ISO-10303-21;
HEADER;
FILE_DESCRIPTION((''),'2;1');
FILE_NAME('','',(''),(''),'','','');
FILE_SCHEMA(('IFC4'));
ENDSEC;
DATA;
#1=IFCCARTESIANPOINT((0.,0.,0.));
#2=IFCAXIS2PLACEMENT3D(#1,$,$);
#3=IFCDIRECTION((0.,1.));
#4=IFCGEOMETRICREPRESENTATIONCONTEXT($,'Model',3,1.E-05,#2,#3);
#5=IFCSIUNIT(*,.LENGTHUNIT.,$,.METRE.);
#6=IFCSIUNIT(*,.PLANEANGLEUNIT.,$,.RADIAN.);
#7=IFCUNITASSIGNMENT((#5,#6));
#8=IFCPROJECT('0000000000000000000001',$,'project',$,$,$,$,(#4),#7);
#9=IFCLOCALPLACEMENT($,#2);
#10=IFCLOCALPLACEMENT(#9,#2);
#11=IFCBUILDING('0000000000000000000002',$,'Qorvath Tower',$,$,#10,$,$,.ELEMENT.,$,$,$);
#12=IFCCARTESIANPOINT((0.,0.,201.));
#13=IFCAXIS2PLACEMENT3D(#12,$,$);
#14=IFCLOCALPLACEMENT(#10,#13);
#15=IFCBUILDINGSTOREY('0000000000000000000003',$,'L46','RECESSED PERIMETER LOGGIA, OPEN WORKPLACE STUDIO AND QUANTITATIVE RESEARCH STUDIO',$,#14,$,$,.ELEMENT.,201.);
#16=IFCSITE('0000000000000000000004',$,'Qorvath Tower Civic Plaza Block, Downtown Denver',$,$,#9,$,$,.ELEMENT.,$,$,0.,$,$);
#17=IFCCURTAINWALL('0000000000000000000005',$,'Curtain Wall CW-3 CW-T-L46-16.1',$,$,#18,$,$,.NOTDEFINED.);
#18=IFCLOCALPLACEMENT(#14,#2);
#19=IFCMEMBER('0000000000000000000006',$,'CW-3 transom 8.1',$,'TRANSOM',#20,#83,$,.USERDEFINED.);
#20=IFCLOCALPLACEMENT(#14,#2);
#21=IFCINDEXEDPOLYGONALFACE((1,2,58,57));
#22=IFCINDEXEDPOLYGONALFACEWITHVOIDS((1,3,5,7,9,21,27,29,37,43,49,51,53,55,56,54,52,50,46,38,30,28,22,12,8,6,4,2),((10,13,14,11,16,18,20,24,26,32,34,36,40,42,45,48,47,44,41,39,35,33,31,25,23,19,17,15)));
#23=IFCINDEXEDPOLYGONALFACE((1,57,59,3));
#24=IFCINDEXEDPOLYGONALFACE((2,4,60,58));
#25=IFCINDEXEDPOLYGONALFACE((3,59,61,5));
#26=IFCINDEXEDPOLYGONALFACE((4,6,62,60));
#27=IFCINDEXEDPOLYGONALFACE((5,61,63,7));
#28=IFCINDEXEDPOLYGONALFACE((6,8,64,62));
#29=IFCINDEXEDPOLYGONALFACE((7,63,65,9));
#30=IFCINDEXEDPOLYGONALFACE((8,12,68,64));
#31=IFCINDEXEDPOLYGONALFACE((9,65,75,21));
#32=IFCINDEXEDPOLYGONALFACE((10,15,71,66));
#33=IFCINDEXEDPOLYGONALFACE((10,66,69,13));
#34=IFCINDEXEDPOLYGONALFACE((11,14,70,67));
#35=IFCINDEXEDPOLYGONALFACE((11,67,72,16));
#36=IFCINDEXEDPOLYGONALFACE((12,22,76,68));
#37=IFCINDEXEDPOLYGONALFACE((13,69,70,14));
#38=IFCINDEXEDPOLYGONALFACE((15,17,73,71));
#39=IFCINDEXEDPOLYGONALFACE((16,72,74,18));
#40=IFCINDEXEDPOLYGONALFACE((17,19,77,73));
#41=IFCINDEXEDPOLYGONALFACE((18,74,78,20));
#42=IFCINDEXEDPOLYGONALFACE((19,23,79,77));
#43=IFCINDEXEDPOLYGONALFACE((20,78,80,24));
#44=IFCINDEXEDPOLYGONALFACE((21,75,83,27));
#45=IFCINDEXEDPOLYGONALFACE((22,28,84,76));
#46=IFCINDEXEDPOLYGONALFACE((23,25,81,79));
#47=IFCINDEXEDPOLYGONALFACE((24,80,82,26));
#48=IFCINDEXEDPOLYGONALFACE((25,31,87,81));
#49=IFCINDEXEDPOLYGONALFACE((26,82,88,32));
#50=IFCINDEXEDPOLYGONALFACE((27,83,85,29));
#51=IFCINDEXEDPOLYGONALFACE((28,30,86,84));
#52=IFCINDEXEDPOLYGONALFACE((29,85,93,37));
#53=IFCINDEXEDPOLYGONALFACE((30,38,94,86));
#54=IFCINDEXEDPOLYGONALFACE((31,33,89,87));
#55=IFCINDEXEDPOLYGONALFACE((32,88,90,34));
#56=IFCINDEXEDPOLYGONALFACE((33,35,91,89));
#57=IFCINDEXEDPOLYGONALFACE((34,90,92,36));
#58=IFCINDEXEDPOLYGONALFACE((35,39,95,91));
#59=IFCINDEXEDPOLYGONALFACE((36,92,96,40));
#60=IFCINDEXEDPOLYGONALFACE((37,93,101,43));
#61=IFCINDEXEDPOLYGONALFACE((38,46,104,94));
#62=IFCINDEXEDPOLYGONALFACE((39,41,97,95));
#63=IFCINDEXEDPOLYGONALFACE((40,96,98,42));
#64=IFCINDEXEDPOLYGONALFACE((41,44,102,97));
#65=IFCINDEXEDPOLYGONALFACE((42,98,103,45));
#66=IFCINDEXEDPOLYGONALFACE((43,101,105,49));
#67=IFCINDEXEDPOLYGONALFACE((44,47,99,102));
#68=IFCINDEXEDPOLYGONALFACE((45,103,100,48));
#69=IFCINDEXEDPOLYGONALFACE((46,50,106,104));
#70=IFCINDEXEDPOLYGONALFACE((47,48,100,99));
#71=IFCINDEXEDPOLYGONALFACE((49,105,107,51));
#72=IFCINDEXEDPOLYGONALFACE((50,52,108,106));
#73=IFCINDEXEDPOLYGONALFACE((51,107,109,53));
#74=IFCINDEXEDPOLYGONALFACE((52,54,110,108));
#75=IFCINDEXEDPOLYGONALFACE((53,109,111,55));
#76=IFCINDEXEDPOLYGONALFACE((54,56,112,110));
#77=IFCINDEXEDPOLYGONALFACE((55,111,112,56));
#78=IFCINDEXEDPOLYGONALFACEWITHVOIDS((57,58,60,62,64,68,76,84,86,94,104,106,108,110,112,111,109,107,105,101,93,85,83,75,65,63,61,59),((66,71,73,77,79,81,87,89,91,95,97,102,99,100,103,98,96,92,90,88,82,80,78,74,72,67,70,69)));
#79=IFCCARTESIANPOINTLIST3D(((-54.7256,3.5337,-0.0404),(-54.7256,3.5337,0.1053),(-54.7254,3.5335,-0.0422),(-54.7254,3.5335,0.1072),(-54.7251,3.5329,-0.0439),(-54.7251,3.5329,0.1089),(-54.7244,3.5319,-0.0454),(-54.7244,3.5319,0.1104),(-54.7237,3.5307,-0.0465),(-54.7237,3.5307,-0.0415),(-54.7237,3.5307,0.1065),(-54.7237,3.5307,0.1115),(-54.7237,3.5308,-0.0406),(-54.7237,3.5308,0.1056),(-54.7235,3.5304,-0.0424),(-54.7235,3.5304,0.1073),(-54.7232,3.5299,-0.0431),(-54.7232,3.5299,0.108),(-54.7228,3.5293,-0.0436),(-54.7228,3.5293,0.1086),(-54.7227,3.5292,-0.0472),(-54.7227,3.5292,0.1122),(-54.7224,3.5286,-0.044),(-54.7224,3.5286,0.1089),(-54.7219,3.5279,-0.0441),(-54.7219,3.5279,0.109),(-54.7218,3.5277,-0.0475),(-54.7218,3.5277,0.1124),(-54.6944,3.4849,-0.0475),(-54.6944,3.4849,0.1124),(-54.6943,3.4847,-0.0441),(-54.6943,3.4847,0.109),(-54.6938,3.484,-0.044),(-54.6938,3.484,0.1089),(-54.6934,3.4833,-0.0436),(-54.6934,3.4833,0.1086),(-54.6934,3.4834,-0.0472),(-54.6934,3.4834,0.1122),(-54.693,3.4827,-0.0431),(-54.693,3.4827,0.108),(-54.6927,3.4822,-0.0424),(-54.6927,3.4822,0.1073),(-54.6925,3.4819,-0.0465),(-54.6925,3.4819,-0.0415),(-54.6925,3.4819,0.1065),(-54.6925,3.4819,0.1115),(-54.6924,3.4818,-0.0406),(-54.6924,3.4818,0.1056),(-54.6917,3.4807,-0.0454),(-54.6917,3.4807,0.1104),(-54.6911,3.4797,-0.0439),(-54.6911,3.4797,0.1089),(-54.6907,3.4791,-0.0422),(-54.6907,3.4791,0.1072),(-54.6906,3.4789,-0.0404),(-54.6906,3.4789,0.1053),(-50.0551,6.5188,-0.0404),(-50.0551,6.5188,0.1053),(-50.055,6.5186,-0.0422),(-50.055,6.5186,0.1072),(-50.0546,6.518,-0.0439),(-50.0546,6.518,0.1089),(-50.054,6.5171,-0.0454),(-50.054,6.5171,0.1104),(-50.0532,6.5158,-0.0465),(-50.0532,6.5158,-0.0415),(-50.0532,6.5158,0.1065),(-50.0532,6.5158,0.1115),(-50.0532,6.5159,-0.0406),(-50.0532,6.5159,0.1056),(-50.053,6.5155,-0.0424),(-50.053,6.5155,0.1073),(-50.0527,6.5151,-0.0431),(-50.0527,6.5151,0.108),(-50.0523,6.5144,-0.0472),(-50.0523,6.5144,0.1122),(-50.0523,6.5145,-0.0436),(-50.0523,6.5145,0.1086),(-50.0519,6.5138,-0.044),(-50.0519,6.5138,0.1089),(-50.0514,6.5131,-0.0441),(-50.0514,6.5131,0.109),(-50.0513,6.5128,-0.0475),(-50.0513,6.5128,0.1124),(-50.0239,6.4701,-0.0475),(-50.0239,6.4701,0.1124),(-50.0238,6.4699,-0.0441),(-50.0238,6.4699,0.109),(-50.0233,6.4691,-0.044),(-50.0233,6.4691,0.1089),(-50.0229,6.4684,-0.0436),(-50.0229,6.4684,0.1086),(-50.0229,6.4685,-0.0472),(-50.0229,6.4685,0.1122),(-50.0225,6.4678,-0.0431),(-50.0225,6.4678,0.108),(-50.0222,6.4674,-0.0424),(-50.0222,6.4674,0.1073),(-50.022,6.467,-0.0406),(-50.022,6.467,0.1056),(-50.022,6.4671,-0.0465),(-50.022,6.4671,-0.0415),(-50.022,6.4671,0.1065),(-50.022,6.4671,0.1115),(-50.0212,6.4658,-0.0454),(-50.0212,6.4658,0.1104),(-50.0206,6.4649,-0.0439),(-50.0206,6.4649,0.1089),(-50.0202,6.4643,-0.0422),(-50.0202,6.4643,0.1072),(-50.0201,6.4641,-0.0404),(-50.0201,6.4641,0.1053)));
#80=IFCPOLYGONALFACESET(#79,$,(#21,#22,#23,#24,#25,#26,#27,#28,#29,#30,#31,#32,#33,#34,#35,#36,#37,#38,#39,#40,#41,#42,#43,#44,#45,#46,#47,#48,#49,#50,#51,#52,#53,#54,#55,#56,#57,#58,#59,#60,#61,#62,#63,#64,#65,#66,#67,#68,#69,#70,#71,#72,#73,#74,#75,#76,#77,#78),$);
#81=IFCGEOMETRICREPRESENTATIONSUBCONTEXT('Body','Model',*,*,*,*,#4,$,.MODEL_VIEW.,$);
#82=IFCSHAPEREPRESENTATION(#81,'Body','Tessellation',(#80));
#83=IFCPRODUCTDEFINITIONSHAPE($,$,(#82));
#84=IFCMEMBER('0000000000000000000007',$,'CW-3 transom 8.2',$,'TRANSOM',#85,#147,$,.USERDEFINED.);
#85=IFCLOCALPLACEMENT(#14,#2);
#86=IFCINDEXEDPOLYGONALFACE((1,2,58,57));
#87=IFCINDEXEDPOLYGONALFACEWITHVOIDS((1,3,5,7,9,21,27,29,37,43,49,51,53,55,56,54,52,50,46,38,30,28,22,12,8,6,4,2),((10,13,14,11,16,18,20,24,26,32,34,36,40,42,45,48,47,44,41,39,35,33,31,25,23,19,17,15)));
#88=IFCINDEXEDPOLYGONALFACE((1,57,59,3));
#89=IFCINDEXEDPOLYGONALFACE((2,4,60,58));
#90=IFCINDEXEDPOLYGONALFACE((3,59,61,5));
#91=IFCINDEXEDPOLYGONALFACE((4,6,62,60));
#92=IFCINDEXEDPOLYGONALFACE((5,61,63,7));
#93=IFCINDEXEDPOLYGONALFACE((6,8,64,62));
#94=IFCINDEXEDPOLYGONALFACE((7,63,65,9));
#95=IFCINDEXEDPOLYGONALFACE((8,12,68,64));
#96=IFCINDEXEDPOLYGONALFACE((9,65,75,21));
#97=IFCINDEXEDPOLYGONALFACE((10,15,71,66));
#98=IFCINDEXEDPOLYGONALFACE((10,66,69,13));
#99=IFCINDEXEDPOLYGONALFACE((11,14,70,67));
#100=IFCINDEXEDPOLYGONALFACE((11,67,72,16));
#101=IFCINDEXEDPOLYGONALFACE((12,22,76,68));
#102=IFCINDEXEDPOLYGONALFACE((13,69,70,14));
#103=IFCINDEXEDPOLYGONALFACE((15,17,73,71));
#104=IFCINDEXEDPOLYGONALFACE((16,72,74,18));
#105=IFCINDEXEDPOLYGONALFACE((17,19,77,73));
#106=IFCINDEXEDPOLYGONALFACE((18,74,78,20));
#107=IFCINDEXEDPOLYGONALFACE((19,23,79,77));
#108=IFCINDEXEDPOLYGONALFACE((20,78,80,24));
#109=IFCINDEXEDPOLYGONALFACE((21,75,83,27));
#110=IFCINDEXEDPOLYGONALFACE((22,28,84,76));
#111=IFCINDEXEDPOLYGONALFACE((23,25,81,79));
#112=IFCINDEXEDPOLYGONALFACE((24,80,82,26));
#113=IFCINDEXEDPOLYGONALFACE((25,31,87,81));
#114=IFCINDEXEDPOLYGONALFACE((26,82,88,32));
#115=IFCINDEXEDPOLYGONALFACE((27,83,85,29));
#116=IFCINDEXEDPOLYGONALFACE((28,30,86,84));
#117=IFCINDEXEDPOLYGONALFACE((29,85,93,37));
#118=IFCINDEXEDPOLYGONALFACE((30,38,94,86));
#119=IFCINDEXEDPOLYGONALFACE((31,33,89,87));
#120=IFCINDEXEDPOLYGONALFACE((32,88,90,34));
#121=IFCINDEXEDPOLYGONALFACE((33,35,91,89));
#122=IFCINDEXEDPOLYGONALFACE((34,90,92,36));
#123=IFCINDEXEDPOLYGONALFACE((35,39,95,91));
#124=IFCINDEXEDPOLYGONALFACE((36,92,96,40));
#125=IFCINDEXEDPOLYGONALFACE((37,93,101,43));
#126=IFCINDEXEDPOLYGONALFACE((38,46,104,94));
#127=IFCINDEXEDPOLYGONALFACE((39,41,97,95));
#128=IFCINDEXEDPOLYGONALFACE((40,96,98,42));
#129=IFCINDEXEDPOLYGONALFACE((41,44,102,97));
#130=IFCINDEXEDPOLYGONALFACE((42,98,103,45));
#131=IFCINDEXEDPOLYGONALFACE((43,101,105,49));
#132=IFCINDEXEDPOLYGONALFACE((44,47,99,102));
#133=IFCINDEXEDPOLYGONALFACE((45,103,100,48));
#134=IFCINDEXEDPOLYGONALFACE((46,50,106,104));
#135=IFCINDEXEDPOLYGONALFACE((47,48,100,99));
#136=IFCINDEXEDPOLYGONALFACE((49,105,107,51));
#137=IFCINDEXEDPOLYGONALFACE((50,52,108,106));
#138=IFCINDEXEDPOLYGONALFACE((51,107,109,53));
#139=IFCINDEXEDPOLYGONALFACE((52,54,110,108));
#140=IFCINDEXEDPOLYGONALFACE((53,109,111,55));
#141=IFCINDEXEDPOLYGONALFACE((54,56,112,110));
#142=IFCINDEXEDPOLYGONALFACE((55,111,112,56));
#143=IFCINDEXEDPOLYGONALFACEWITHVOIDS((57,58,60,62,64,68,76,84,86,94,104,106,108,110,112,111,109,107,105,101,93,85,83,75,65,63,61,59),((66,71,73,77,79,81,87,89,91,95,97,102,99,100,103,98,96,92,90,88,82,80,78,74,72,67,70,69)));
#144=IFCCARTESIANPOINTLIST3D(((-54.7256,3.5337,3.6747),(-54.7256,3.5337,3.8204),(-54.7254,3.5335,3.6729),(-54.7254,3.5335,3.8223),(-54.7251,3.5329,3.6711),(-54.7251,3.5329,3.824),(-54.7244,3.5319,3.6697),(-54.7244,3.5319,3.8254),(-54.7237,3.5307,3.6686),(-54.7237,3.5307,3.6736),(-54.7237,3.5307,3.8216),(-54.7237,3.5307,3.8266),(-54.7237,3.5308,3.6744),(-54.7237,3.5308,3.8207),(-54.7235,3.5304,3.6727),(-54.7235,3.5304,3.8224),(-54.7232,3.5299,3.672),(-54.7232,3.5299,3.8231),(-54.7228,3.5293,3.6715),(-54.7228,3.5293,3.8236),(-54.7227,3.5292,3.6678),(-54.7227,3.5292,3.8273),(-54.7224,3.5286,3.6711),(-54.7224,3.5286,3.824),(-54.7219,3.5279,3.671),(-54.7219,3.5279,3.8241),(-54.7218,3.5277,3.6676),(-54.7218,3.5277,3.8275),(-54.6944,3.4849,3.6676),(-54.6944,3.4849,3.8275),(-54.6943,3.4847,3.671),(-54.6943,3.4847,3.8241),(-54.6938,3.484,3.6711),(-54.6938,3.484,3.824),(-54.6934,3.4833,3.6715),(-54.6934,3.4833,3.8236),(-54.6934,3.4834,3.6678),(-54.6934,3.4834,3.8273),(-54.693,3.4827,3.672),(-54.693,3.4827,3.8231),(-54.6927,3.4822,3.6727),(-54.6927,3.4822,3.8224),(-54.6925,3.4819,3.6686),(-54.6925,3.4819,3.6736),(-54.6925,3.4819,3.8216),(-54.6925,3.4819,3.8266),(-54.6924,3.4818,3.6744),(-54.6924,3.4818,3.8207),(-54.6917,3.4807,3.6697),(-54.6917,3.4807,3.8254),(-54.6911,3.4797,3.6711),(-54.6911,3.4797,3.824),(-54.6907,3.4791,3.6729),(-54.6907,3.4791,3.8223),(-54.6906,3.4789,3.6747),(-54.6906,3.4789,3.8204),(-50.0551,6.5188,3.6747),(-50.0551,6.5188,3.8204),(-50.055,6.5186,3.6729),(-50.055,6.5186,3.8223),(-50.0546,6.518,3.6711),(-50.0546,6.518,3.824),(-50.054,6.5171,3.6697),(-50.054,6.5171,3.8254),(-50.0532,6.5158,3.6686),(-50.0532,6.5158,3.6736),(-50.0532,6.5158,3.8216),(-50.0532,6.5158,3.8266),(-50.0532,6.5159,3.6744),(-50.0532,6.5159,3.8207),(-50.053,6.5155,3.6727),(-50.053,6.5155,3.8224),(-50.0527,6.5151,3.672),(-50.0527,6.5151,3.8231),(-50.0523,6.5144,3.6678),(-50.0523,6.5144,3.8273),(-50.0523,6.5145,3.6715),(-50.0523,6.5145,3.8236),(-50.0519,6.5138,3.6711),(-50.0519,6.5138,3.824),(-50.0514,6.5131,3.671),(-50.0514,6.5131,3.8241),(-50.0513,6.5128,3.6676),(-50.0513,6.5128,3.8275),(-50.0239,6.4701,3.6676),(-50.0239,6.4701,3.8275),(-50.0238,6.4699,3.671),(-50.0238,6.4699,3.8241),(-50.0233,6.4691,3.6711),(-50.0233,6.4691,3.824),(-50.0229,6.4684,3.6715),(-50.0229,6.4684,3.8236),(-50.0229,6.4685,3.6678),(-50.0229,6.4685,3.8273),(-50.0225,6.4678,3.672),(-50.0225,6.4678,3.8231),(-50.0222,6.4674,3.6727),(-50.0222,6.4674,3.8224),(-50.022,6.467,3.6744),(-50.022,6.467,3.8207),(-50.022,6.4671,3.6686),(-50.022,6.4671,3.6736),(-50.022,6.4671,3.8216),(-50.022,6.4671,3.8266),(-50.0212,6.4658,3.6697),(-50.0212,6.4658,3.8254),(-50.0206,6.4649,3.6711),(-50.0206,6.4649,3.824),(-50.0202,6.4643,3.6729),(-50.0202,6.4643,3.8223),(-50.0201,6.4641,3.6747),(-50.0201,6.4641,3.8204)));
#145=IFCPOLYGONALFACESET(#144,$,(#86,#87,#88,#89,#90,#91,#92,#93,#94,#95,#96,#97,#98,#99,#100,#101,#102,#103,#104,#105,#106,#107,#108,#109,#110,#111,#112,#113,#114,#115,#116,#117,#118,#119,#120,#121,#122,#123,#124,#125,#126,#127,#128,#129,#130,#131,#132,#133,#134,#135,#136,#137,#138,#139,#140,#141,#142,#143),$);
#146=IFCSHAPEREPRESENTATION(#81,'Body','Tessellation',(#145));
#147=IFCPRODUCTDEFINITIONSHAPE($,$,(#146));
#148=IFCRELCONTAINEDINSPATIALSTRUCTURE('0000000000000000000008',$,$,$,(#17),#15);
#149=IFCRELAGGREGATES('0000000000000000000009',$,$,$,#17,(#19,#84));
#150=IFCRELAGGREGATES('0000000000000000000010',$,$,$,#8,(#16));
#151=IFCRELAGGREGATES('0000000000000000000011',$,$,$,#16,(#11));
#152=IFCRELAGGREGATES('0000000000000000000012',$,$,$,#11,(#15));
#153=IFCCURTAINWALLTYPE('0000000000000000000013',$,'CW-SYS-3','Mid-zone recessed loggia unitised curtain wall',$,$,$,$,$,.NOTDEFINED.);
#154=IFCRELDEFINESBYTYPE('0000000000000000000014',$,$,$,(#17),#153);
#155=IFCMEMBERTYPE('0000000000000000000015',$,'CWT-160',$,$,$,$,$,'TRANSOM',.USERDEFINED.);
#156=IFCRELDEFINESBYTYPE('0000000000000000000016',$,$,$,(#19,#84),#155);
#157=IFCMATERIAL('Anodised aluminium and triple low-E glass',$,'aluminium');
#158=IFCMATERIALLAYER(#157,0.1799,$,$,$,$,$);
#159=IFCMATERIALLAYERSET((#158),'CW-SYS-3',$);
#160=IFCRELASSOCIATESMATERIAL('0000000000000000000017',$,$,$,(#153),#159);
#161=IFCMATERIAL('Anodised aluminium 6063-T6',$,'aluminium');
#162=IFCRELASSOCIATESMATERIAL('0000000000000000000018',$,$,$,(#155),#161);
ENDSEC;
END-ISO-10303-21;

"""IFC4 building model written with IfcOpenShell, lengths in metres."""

from ifc_helpers import new_model, si_unit, direction, frame, origin, origin_2d, place, context, subcontext, project, spatial, hollow_rectangle, extrude, material, layer, layer_set, material_profile, profile_set, type_object, element, aggregate, save


model = new_model("IFC4")

# Units and contexts
model_context = context("Model", 3, precision=1e-05, world=origin(), true_north=direction((0.0, 1.0)))
body_context = subcontext(model_context, "Body", "Model", "MODEL_VIEW")
ifc_project = project(units=[si_unit("LENGTHUNIT", "METRE"), si_unit("PLANEANGLEUNIT", "RADIAN")], contexts=[model_context])

# Site, building, storey
site_placement = place(None, origin())
site = spatial("IfcSite", under=ifc_project, at=site_placement, Name="Qorvath Tower Civic Plaza Block, Downtown Denver", CompositionType="ELEMENT", RefElevation=0.0)
building_placement = place(site_placement, origin())
building = spatial("IfcBuilding", under=site, at=building_placement, Name="Qorvath Tower", CompositionType="ELEMENT")
storey_placement = place(building_placement, frame((0.0, 0.0, 201.0)))
storey = spatial("IfcBuildingStorey", under=building, at=storey_placement, Name="L46", Description="RECESSED PERIMETER LOGGIA, OPEN WORKPLACE STUDIO AND QUANTITATIVE RESEARCH STUDIO", CompositionType="ELEMENT", Elevation=201.0)

# Curtain wall, members
ifc_material_1 = material(Name="Anodised aluminium and triple low-E glass", Category="aluminium")
ifc_layer_1 = layer(ifc_material_1, 0.1799)
ifc_layer_set_1 = layer_set([ifc_layer_1], Name="CW-SYS-3")
curtain_wall_type = type_object("IfcCurtainWallType", Name="CW-SYS-3", Description="Mid-zone recessed loggia unitised curtain wall", PredefinedType="NOTDEFINED", material=ifc_layer_set_1)
curtain_wall_placement = place(storey_placement, origin())
curtain_wall = element("IfcCurtainWall", 1, at=curtain_wall_placement, inside=storey, type_object=curtain_wall_type, Name="Curtain Wall CW-3 CW-T-L46-16.1", PredefinedType="NOTDEFINED")
ifc_material_2 = material(Name="Anodised aluminium 6063-T6", Category="aluminium")
ifc_material_profile_1 = material_profile(ifc_material_2, hollow_rectangle(XDim=0.0649, YDim=0.1599, WallThickness=0.0034, InnerFilletRadius=0.0034, OuterFilletRadius=0.0071, at=origin_2d()), Name="CWT 160x65")
ifc_profile_set_1 = profile_set([ifc_material_profile_1], Name="Anodised aluminium 6063-T6")
member_type_1 = type_object("IfcMemberType", Name="CWT-160", ElementType="TRANSOM", PredefinedType="USERDEFINED", material=ifc_profile_set_1)
member_1_placement = place(storey_placement, frame((-50.0376, 6.4915, 0.0325), z_axis=(-0.842595, -0.538547, 0.0), x_axis=(0.538547, -0.842595, 0.0)))
member_1 = element("IfcMember", 2, at=member_1_placement, type_object=member_type_1, Name="CW-3 transom 8.1", ObjectType="TRANSOM", PredefinedType="USERDEFINED", context=body_context, shape_type="SweptSolid", body=[
    extrude(hollow_rectangle(XDim=0.0649, YDim=0.1599, WallThickness=0.0034, InnerFilletRadius=0.0034, OuterFilletRadius=0.0071, at=origin_2d()), origin(), (0.0, 0.0, 1.0), 5.543),
])
member_2_placement = place(storey_placement, frame((-50.0376, 6.4915, 3.7476), z_axis=(-0.842595, -0.538547, 0.0), x_axis=(0.538547, -0.842595, 0.0)))
member_2 = element("IfcMember", 3, at=member_2_placement, type_object=member_type_1, Name="CW-3 transom 8.2", ObjectType="TRANSOM", PredefinedType="USERDEFINED", context=body_context, shape_type="SweptSolid", body=[
    extrude(hollow_rectangle(XDim=0.0649, YDim=0.1599, WallThickness=0.0034, InnerFilletRadius=0.0034, OuterFilletRadius=0.0071, at=origin_2d()), origin(), (0.0, 0.0, 1.0), 5.543),
])

aggregate(curtain_wall, [member_1, member_2])

save(model, "model.ifc")
